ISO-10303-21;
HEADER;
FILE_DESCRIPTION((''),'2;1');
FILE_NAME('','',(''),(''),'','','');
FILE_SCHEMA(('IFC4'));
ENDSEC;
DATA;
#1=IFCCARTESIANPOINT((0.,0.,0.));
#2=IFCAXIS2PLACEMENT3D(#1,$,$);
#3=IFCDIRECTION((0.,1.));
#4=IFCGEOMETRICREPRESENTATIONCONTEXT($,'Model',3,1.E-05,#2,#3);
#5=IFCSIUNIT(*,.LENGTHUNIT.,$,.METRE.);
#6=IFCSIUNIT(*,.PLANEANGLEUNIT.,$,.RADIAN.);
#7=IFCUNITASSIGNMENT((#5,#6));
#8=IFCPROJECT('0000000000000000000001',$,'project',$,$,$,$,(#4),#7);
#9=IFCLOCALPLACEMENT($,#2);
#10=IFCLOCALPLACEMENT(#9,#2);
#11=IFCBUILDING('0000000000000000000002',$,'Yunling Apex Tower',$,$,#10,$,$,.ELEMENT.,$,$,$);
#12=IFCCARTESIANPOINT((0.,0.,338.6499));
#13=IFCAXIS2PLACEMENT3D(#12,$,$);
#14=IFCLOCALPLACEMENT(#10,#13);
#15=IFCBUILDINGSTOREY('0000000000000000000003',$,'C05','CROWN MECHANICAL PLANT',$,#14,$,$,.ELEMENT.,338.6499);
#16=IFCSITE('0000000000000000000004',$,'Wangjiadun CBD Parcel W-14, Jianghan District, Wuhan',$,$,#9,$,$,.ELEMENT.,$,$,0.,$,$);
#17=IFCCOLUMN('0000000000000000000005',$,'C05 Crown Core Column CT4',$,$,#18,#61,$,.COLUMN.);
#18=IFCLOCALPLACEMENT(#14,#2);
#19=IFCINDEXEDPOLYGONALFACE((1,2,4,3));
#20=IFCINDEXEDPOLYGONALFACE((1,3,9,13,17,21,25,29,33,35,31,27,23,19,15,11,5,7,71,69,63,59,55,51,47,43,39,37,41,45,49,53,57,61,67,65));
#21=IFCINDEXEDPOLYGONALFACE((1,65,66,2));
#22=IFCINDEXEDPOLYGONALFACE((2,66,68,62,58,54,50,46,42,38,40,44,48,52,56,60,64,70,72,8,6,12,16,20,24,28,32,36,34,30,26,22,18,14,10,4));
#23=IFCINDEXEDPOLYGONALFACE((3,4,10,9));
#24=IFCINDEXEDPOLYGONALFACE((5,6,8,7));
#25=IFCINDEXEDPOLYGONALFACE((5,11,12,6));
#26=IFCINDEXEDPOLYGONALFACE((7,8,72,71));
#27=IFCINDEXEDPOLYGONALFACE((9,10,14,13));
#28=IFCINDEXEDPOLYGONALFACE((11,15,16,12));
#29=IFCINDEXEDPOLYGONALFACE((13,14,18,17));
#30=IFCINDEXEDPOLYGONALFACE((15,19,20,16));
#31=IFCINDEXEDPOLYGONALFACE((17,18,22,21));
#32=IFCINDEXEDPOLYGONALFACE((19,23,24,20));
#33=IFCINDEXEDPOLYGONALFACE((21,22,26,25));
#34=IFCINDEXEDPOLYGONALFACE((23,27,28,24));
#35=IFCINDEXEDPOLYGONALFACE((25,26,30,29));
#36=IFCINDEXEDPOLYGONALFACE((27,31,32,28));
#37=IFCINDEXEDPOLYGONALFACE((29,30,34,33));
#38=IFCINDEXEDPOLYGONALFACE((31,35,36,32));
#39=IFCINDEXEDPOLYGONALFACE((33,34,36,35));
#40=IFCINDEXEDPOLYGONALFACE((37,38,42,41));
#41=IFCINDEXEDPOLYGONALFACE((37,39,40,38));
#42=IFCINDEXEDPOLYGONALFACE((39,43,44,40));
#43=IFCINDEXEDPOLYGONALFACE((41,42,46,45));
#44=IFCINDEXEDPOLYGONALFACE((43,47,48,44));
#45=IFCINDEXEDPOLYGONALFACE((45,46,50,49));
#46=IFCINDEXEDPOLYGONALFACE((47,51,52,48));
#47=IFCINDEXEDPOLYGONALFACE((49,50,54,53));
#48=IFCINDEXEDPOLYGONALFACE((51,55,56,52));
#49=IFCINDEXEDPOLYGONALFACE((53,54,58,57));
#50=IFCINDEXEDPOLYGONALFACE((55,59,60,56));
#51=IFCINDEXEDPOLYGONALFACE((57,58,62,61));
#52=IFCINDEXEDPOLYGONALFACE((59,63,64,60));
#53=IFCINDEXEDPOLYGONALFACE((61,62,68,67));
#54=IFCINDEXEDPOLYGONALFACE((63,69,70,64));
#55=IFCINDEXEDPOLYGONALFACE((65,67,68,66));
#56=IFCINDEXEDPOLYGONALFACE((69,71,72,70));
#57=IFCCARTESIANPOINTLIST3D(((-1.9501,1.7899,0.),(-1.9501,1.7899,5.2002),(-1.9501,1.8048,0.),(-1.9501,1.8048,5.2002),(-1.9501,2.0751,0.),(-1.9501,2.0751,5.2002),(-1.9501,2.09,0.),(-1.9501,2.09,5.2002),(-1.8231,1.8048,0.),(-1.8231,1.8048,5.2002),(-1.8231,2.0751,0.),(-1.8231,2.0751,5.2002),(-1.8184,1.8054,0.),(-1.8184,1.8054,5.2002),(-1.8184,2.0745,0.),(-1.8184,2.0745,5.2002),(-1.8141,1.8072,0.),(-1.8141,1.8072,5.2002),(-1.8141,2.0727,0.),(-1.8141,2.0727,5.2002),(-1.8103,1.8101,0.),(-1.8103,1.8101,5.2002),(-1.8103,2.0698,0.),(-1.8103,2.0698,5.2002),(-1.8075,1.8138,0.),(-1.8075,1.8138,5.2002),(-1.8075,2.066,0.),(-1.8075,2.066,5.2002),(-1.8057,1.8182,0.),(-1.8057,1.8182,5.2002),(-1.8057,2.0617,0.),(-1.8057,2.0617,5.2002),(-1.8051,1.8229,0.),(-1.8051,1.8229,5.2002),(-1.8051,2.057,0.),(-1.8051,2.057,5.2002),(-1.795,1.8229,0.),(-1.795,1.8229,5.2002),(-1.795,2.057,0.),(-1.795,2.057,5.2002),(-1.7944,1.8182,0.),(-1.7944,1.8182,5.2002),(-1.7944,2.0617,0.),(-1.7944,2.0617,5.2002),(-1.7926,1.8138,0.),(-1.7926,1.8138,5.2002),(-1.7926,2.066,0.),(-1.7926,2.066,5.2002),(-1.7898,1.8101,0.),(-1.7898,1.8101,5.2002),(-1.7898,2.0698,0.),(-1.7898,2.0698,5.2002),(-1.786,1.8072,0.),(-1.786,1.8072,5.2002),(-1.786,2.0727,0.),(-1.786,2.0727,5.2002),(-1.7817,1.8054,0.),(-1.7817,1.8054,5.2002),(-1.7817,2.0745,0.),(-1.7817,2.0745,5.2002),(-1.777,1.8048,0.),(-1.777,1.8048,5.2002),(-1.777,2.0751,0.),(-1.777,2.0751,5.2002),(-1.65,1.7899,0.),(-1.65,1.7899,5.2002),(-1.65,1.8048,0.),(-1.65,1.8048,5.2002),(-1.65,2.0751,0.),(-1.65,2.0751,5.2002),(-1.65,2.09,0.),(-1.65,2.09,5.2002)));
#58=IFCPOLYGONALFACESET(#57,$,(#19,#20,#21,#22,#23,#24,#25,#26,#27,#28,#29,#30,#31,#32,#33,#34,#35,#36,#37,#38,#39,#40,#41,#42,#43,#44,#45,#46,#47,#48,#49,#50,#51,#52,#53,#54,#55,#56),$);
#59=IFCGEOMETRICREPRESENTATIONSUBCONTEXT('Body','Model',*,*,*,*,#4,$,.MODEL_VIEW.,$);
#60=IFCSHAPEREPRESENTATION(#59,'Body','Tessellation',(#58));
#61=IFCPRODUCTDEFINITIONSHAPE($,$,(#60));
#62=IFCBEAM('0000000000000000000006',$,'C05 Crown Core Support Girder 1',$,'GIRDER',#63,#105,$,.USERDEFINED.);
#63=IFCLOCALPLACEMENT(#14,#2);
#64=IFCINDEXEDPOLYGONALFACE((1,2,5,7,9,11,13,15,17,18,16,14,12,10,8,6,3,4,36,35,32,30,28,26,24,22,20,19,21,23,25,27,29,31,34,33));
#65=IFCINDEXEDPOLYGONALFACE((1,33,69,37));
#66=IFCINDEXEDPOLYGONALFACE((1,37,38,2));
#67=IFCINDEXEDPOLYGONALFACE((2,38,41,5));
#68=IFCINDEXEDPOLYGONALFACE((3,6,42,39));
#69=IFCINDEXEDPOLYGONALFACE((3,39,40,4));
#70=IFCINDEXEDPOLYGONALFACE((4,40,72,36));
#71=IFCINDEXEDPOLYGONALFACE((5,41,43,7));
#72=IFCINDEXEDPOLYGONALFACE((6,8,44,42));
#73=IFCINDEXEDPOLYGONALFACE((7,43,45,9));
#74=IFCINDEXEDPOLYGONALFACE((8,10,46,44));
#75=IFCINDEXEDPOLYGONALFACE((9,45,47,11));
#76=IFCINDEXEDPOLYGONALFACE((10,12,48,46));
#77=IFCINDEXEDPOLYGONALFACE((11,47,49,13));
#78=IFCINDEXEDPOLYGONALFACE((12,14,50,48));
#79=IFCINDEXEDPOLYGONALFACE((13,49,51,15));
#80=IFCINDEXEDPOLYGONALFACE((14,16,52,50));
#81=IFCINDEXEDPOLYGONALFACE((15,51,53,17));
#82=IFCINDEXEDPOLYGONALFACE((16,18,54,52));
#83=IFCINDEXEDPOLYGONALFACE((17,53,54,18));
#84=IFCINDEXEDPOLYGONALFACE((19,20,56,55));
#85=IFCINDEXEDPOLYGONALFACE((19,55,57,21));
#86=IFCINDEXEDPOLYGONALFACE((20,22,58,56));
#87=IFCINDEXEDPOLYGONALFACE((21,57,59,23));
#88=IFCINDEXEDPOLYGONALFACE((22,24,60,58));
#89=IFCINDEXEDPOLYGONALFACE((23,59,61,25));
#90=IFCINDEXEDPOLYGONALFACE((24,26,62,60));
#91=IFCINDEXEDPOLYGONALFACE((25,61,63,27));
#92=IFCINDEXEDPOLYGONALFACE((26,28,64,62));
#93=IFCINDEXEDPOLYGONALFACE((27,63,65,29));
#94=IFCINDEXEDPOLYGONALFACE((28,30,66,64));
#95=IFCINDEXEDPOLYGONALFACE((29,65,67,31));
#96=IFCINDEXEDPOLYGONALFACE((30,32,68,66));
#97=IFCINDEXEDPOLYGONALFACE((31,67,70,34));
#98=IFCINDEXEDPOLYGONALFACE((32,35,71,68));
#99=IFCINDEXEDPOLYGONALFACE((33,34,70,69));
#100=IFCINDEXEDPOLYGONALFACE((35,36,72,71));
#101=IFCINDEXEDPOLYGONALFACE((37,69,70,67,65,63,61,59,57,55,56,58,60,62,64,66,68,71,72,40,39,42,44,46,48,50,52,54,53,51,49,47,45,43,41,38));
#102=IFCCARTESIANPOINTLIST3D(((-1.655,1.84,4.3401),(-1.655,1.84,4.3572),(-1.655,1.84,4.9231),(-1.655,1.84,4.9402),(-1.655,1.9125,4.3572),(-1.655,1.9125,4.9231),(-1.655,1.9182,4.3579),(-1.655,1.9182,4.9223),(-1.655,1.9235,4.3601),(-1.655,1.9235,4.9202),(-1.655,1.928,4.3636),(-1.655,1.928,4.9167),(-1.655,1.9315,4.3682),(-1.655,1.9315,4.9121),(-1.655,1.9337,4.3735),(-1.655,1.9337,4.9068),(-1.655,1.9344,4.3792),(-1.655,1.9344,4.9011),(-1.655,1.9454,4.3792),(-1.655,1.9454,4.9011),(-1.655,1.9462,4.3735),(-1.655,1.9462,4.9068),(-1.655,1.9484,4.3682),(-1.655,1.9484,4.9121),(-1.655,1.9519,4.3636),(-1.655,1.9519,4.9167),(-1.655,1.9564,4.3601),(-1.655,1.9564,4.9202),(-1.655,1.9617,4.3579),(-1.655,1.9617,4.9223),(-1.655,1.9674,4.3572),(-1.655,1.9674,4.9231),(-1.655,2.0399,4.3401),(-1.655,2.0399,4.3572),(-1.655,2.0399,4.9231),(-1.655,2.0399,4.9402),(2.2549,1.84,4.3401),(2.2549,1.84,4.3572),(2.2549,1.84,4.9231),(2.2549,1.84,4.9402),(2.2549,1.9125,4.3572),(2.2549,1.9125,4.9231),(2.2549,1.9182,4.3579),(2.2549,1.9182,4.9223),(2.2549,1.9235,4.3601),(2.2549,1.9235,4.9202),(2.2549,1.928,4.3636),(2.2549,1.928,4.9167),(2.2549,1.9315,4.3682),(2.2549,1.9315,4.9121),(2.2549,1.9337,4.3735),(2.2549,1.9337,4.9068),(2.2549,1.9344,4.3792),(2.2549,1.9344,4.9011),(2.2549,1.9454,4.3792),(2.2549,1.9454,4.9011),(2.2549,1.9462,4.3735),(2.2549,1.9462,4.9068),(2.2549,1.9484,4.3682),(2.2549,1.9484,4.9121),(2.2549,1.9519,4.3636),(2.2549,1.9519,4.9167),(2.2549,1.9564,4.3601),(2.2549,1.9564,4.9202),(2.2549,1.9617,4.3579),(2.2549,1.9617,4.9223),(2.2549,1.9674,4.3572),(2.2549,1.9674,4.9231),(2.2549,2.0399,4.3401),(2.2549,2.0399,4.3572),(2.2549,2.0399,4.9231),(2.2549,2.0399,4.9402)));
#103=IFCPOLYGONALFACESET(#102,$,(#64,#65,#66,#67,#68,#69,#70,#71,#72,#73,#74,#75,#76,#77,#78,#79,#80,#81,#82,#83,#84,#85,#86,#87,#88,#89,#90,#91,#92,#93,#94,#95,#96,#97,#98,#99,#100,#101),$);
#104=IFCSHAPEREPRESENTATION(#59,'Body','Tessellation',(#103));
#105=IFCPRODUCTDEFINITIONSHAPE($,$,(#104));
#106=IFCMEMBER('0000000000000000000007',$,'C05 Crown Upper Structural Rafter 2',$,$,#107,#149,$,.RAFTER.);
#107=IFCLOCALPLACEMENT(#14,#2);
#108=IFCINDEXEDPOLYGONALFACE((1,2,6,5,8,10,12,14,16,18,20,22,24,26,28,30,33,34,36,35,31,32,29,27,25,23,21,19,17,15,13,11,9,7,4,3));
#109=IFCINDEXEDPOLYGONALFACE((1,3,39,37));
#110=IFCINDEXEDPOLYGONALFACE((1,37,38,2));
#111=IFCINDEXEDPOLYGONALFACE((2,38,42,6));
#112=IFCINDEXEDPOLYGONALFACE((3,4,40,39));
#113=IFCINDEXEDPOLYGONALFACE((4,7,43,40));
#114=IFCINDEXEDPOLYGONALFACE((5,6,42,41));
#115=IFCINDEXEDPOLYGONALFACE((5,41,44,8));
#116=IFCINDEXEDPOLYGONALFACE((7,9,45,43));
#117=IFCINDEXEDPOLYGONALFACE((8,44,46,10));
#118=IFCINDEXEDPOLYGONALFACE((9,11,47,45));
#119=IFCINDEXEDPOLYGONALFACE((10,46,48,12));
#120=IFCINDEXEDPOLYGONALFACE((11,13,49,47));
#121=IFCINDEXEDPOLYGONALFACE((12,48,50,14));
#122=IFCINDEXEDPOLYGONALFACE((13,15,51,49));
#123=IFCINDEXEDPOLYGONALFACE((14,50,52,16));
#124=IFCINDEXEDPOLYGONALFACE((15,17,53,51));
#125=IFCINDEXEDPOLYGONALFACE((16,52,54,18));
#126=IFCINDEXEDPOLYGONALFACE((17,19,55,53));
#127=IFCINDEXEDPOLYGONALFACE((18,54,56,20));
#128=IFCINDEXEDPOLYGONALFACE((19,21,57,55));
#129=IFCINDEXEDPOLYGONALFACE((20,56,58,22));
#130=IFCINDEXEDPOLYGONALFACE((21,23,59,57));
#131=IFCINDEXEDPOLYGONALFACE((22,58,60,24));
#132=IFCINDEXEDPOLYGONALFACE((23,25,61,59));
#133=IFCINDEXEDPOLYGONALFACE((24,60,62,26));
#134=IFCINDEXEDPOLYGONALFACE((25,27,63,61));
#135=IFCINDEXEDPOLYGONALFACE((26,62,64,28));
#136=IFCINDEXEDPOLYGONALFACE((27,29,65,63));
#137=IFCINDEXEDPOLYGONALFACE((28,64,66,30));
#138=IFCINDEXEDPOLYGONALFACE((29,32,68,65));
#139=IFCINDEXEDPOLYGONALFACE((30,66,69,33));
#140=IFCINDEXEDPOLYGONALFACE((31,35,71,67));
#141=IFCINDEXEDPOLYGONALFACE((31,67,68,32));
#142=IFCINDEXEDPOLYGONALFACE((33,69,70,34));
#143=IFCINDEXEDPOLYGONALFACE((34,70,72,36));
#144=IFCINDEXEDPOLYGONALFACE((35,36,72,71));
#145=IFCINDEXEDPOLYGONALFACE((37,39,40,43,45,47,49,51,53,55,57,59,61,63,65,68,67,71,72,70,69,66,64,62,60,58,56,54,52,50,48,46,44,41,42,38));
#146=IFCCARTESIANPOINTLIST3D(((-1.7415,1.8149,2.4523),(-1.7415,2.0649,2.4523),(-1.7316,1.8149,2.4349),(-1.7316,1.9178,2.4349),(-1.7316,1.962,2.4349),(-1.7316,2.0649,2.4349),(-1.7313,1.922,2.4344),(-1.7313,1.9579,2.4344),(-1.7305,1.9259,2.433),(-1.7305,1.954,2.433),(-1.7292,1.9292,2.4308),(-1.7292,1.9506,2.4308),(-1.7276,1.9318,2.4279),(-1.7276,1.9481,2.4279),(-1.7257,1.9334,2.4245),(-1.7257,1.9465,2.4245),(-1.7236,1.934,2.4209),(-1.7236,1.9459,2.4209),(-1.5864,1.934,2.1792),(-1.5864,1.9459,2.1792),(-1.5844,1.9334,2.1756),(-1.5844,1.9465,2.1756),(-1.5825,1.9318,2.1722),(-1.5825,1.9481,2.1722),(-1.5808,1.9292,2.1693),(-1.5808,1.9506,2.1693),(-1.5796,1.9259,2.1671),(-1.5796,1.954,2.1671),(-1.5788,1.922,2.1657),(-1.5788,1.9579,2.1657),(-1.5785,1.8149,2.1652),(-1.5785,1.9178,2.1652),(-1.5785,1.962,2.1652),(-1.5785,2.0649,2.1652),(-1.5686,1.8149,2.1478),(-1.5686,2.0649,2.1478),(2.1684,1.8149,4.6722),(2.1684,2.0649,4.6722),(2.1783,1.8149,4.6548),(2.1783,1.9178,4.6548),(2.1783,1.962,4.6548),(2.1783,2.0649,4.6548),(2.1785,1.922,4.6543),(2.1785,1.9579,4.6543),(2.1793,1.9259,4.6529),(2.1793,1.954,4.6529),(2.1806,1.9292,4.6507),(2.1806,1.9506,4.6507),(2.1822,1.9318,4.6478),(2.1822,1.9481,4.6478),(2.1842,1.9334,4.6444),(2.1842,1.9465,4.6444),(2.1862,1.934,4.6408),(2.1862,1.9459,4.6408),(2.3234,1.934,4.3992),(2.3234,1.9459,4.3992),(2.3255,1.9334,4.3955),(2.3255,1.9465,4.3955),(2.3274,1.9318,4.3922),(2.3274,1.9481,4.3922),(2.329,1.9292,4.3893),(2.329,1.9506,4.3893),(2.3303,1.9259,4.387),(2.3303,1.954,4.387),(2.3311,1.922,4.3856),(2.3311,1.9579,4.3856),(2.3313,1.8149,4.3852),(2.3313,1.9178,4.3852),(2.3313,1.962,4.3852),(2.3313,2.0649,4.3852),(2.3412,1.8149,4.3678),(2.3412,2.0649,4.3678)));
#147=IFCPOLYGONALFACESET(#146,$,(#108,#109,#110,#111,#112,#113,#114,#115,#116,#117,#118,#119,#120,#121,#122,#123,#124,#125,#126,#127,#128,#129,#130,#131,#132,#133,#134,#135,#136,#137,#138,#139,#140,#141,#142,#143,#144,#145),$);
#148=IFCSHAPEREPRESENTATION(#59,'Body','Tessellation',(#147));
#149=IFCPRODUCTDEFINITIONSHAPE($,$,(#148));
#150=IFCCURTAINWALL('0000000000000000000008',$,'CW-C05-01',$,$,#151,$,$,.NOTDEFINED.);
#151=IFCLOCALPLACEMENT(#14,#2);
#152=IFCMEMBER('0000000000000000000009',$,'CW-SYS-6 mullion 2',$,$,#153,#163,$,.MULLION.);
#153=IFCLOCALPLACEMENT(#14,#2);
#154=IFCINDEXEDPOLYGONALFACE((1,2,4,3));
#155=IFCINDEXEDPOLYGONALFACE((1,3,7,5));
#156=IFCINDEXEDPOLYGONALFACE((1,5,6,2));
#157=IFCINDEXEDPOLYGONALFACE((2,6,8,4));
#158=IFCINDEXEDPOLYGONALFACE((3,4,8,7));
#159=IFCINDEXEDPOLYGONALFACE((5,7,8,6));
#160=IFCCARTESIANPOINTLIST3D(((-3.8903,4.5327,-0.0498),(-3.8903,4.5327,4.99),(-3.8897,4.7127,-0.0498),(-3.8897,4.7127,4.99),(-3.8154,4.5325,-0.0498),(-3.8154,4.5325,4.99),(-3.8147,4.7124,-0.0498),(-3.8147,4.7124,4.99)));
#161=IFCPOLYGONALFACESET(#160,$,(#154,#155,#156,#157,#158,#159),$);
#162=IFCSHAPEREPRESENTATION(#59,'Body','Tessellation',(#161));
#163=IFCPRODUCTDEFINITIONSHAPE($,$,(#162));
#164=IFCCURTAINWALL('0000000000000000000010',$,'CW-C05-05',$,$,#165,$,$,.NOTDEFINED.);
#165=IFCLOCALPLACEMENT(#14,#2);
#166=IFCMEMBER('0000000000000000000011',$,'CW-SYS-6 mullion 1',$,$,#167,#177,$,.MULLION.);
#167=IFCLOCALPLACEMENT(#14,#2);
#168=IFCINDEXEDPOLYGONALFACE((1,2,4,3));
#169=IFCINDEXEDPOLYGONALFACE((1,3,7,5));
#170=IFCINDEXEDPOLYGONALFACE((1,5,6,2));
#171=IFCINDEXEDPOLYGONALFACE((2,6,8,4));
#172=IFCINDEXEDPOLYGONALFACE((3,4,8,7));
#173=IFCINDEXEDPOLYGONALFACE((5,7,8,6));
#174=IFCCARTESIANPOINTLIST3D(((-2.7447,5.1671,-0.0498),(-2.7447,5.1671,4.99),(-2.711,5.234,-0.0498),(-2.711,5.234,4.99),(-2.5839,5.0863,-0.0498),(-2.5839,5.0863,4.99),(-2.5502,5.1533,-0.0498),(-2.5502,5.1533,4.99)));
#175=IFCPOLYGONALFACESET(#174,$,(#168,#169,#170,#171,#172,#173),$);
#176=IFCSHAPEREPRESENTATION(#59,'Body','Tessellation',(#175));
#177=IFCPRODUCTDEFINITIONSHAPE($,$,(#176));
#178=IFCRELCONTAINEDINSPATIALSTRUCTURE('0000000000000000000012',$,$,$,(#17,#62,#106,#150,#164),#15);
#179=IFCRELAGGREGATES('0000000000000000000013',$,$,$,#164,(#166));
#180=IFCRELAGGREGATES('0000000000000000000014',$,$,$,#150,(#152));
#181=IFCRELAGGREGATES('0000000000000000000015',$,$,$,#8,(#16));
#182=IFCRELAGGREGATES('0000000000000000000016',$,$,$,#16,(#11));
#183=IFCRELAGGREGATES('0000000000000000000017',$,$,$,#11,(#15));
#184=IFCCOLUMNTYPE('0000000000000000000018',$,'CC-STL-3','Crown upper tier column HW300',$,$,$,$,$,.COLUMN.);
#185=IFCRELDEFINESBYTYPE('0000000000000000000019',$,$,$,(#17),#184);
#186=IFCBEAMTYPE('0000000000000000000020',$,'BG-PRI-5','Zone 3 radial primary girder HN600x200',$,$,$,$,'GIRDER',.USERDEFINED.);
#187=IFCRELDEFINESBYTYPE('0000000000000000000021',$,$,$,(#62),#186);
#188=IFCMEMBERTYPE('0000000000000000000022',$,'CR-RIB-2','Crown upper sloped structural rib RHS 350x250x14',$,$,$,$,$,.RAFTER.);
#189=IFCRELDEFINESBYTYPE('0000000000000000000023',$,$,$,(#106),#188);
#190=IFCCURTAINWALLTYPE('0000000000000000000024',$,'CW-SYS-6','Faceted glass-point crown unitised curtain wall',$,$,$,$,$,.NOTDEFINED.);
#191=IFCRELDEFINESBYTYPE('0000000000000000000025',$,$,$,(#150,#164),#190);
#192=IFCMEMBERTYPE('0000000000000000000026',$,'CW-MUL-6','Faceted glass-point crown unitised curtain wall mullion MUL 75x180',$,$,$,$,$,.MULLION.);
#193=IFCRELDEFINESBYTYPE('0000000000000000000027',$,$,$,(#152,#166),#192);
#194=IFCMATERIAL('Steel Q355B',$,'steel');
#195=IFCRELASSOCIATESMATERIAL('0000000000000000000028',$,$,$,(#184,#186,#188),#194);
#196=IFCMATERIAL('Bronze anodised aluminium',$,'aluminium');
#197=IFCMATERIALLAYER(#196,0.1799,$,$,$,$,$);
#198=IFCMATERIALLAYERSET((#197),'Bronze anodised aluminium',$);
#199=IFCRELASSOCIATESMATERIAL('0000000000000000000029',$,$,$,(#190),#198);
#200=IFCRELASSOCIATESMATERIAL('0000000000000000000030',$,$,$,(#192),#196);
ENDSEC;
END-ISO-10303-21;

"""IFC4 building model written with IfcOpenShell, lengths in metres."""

from ifc_helpers import new_model, si_unit, direction, frame, origin, origin_2d, place, context, subcontext, project, spatial, rectangle, i_section, extrude, source, transform, mapped, material, layer, layer_set, material_profile, profile_set, type_object, element, aggregate, save


model = new_model("IFC4")

# Units and contexts
model_context = context("Model", 3, precision=1e-05, world=origin(), true_north=direction((0.0, 1.0)))
body_context = subcontext(model_context, "Body", "Model", "MODEL_VIEW")
ifc_project = project(units=[si_unit("LENGTHUNIT", "METRE"), si_unit("PLANEANGLEUNIT", "RADIAN")], contexts=[model_context])

# Site, building, storey
site_placement = place(None, origin())
site = spatial("IfcSite", under=ifc_project, at=site_placement, Name="Wangjiadun CBD Parcel W-14, Jianghan District, Wuhan", CompositionType="ELEMENT", RefElevation=0.0)
building_placement = place(site_placement, origin())
building = spatial("IfcBuilding", under=site, at=building_placement, Name="Yunling Apex Tower", CompositionType="ELEMENT")
storey_placement = place(building_placement, frame((0.0, 0.0, 338.6499)))
storey = spatial("IfcBuildingStorey", under=building, at=storey_placement, Name="C05", Description="CROWN MECHANICAL PLANT", CompositionType="ELEMENT", Elevation=338.6499)

# Column
ifc_material_1 = material(Name="Steel Q355B", Category="steel")
ifc_material_profile_1 = material_profile(ifc_material_1, i_section(OverallWidth=0.3, OverallDepth=0.3, WebThickness=0.01, FlangeThickness=0.0149, FilletRadius=0.0181, at=origin_2d()))
ifc_profile_set_1 = profile_set([ifc_material_profile_1], Name="Steel Q355B")
column_type = type_object("IfcColumnType", Name="CC-STL-3", Description="Crown upper tier column HW300", PredefinedType="COLUMN", material=ifc_profile_set_1)
shared_shape_1 = source(origin(), body_context, "Body", "SweptSolid", [
    extrude(i_section(OverallWidth=0.3, OverallDepth=0.3, WebThickness=0.01, FlangeThickness=0.0149, FilletRadius=0.0181, at=origin_2d()), origin(), (0.0, 0.0, 1.0), 5.2002),
])
column_placement = place(storey_placement, frame((-1.8, 1.9399, 0.0), z_axis=(0.0, 0.0, 1.0), x_axis=(1.0, 0.0, 0.0)))
element("IfcColumn", 1, at=column_placement, inside=storey, type_object=column_type, Name="C05 Crown Core Column CT4", PredefinedType="COLUMN", context=body_context, shape_type="MappedRepresentation", body=[
    mapped(shared_shape_1, transform((0.0, 0.0, 0.0), scale=1.0)),
])

# Beam
ifc_material_profile_2 = material_profile(ifc_material_1, i_section(OverallWidth=0.2, OverallDepth=0.6001, WebThickness=0.011, FlangeThickness=0.0171, FilletRadius=0.022, at=origin_2d()))
ifc_profile_set_2 = profile_set([ifc_material_profile_2], Name="Steel Q355B")
beam_type = type_object("IfcBeamType", Name="BG-PRI-5", Description="Zone 3 radial primary girder HN600x200", ElementType="GIRDER", PredefinedType="USERDEFINED", material=ifc_profile_set_2)
shared_shape_2 = source(origin(), body_context, "Body", "SweptSolid", [
    extrude(i_section(OverallWidth=0.2, OverallDepth=0.6001, WebThickness=0.011, FlangeThickness=0.0171, FilletRadius=0.022, at=origin_2d()), origin(), (0.0, 0.0, 1.0), 3.9099),
])
beam_placement = place(storey_placement, frame((-1.655, 1.9399, 4.6401), z_axis=(1.0, 0.0, 0.0), x_axis=(0.0, 1.0, 0.0)))
element("IfcBeam", 2, at=beam_placement, inside=storey, type_object=beam_type, Name="C05 Crown Core Support Girder 1", ObjectType="GIRDER", PredefinedType="USERDEFINED", context=body_context, shape_type="MappedRepresentation", body=[
    mapped(shared_shape_2, transform((0.0, 0.0, 0.0), scale=1.0)),
])

# Member
ifc_material_profile_3 = material_profile(ifc_material_1, i_section(OverallWidth=0.25, OverallDepth=0.3501, WebThickness=0.012, FlangeThickness=0.02, FilletRadius=0.0161, at=origin_2d()))
ifc_profile_set_3 = profile_set([ifc_material_profile_3], Name="Steel Q355B")
member_type_1 = type_object("IfcMemberType", Name="CR-RIB-2", Description="Crown upper sloped structural rib RHS 350x250x14", PredefinedType="RAFTER", material=ifc_profile_set_3)
shared_shape_3 = source(origin(), body_context, "Body", "SweptSolid", [
    extrude(i_section(OverallWidth=0.25, OverallDepth=0.3501, WebThickness=0.012, FlangeThickness=0.02, FilletRadius=0.0161, at=origin_2d()), origin(), (0.0, 0.0, 1.0), 4.4961),
])
member_1_placement = place(storey_placement, frame((-1.655, 1.9399, 2.3), z_axis=(0.869607, 0.0, 0.493745), x_axis=(0.0, 1.0, 0.0)))
element("IfcMember", 3, at=member_1_placement, inside=storey, type_object=member_type_1, Name="C05 Crown Upper Structural Rafter 2", PredefinedType="RAFTER", context=body_context, shape_type="MappedRepresentation", body=[
    mapped(shared_shape_3, transform((0.0, 0.0, 0.0), scale=1.0)),
])

# Curtain wall, member
ifc_material_2 = material(Name="Bronze anodised aluminium", Category="aluminium")
ifc_layer_1 = layer(ifc_material_2, 0.1799)
ifc_layer_set_1 = layer_set([ifc_layer_1], Name="Bronze anodised aluminium")
curtain_wall_type = type_object("IfcCurtainWallType", Name="CW-SYS-6", Description="Faceted glass-point crown unitised curtain wall", PredefinedType="NOTDEFINED", material=ifc_layer_set_1)
curtain_wall_1_placement = place(storey_placement, origin())
curtain_wall_1 = element("IfcCurtainWall", 4, at=curtain_wall_1_placement, inside=storey, type_object=curtain_wall_type, Name="CW-C05-01", PredefinedType="NOTDEFINED")
ifc_material_profile_4 = material_profile(ifc_material_2, rectangle(XDim=0.075, YDim=0.1799, at=origin_2d()))
ifc_profile_set_4 = profile_set([ifc_material_profile_4], Name="Bronze anodised aluminium")
member_type_2 = type_object("IfcMemberType", Name="CW-MUL-6", Description="Faceted glass-point crown unitised curtain wall mullion MUL 75x180", PredefinedType="MULLION", material=ifc_profile_set_4)
shared_shape_4 = source(origin(), body_context, "Body", "SweptSolid", [
    extrude(rectangle(XDim=0.075, YDim=0.1799, at=origin_2d()), origin(), (0.0, 0.0, 1.0), 5.0398),
])
member_2_placement = place(storey_placement, frame((-3.8525, 4.6226, -0.0498), z_axis=(0.0, 0.0, 1.0), x_axis=(-0.999994, 0.003575, 0.0)))
member_2 = element("IfcMember", 5, at=member_2_placement, type_object=member_type_2, Name="CW-SYS-6 mullion 2", PredefinedType="MULLION", context=body_context, shape_type="MappedRepresentation", body=[
    mapped(shared_shape_4, transform((0.0, 0.0, 0.0), scale=1.0)),
])

# Curtain wall, member
curtain_wall_2_placement = place(storey_placement, origin())
curtain_wall_2 = element("IfcCurtainWall", 6, at=curtain_wall_2_placement, inside=storey, type_object=curtain_wall_type, Name="CW-C05-05", PredefinedType="NOTDEFINED")
member_3_placement = place(storey_placement, frame((-2.6475, 5.1602, -0.0498), z_axis=(0.0, 0.0, 1.0), x_axis=(0.448973, 0.893545, 0.0)))
member_3 = element("IfcMember", 7, at=member_3_placement, type_object=member_type_2, Name="CW-SYS-6 mullion 1", PredefinedType="MULLION", context=body_context, shape_type="MappedRepresentation", body=[
    mapped(shared_shape_4, transform((0.0, 0.0, 0.0), scale=1.0)),
])
aggregate(curtain_wall_2, [member_3])

aggregate(curtain_wall_1, [member_2])

save(model, "model.ifc")
